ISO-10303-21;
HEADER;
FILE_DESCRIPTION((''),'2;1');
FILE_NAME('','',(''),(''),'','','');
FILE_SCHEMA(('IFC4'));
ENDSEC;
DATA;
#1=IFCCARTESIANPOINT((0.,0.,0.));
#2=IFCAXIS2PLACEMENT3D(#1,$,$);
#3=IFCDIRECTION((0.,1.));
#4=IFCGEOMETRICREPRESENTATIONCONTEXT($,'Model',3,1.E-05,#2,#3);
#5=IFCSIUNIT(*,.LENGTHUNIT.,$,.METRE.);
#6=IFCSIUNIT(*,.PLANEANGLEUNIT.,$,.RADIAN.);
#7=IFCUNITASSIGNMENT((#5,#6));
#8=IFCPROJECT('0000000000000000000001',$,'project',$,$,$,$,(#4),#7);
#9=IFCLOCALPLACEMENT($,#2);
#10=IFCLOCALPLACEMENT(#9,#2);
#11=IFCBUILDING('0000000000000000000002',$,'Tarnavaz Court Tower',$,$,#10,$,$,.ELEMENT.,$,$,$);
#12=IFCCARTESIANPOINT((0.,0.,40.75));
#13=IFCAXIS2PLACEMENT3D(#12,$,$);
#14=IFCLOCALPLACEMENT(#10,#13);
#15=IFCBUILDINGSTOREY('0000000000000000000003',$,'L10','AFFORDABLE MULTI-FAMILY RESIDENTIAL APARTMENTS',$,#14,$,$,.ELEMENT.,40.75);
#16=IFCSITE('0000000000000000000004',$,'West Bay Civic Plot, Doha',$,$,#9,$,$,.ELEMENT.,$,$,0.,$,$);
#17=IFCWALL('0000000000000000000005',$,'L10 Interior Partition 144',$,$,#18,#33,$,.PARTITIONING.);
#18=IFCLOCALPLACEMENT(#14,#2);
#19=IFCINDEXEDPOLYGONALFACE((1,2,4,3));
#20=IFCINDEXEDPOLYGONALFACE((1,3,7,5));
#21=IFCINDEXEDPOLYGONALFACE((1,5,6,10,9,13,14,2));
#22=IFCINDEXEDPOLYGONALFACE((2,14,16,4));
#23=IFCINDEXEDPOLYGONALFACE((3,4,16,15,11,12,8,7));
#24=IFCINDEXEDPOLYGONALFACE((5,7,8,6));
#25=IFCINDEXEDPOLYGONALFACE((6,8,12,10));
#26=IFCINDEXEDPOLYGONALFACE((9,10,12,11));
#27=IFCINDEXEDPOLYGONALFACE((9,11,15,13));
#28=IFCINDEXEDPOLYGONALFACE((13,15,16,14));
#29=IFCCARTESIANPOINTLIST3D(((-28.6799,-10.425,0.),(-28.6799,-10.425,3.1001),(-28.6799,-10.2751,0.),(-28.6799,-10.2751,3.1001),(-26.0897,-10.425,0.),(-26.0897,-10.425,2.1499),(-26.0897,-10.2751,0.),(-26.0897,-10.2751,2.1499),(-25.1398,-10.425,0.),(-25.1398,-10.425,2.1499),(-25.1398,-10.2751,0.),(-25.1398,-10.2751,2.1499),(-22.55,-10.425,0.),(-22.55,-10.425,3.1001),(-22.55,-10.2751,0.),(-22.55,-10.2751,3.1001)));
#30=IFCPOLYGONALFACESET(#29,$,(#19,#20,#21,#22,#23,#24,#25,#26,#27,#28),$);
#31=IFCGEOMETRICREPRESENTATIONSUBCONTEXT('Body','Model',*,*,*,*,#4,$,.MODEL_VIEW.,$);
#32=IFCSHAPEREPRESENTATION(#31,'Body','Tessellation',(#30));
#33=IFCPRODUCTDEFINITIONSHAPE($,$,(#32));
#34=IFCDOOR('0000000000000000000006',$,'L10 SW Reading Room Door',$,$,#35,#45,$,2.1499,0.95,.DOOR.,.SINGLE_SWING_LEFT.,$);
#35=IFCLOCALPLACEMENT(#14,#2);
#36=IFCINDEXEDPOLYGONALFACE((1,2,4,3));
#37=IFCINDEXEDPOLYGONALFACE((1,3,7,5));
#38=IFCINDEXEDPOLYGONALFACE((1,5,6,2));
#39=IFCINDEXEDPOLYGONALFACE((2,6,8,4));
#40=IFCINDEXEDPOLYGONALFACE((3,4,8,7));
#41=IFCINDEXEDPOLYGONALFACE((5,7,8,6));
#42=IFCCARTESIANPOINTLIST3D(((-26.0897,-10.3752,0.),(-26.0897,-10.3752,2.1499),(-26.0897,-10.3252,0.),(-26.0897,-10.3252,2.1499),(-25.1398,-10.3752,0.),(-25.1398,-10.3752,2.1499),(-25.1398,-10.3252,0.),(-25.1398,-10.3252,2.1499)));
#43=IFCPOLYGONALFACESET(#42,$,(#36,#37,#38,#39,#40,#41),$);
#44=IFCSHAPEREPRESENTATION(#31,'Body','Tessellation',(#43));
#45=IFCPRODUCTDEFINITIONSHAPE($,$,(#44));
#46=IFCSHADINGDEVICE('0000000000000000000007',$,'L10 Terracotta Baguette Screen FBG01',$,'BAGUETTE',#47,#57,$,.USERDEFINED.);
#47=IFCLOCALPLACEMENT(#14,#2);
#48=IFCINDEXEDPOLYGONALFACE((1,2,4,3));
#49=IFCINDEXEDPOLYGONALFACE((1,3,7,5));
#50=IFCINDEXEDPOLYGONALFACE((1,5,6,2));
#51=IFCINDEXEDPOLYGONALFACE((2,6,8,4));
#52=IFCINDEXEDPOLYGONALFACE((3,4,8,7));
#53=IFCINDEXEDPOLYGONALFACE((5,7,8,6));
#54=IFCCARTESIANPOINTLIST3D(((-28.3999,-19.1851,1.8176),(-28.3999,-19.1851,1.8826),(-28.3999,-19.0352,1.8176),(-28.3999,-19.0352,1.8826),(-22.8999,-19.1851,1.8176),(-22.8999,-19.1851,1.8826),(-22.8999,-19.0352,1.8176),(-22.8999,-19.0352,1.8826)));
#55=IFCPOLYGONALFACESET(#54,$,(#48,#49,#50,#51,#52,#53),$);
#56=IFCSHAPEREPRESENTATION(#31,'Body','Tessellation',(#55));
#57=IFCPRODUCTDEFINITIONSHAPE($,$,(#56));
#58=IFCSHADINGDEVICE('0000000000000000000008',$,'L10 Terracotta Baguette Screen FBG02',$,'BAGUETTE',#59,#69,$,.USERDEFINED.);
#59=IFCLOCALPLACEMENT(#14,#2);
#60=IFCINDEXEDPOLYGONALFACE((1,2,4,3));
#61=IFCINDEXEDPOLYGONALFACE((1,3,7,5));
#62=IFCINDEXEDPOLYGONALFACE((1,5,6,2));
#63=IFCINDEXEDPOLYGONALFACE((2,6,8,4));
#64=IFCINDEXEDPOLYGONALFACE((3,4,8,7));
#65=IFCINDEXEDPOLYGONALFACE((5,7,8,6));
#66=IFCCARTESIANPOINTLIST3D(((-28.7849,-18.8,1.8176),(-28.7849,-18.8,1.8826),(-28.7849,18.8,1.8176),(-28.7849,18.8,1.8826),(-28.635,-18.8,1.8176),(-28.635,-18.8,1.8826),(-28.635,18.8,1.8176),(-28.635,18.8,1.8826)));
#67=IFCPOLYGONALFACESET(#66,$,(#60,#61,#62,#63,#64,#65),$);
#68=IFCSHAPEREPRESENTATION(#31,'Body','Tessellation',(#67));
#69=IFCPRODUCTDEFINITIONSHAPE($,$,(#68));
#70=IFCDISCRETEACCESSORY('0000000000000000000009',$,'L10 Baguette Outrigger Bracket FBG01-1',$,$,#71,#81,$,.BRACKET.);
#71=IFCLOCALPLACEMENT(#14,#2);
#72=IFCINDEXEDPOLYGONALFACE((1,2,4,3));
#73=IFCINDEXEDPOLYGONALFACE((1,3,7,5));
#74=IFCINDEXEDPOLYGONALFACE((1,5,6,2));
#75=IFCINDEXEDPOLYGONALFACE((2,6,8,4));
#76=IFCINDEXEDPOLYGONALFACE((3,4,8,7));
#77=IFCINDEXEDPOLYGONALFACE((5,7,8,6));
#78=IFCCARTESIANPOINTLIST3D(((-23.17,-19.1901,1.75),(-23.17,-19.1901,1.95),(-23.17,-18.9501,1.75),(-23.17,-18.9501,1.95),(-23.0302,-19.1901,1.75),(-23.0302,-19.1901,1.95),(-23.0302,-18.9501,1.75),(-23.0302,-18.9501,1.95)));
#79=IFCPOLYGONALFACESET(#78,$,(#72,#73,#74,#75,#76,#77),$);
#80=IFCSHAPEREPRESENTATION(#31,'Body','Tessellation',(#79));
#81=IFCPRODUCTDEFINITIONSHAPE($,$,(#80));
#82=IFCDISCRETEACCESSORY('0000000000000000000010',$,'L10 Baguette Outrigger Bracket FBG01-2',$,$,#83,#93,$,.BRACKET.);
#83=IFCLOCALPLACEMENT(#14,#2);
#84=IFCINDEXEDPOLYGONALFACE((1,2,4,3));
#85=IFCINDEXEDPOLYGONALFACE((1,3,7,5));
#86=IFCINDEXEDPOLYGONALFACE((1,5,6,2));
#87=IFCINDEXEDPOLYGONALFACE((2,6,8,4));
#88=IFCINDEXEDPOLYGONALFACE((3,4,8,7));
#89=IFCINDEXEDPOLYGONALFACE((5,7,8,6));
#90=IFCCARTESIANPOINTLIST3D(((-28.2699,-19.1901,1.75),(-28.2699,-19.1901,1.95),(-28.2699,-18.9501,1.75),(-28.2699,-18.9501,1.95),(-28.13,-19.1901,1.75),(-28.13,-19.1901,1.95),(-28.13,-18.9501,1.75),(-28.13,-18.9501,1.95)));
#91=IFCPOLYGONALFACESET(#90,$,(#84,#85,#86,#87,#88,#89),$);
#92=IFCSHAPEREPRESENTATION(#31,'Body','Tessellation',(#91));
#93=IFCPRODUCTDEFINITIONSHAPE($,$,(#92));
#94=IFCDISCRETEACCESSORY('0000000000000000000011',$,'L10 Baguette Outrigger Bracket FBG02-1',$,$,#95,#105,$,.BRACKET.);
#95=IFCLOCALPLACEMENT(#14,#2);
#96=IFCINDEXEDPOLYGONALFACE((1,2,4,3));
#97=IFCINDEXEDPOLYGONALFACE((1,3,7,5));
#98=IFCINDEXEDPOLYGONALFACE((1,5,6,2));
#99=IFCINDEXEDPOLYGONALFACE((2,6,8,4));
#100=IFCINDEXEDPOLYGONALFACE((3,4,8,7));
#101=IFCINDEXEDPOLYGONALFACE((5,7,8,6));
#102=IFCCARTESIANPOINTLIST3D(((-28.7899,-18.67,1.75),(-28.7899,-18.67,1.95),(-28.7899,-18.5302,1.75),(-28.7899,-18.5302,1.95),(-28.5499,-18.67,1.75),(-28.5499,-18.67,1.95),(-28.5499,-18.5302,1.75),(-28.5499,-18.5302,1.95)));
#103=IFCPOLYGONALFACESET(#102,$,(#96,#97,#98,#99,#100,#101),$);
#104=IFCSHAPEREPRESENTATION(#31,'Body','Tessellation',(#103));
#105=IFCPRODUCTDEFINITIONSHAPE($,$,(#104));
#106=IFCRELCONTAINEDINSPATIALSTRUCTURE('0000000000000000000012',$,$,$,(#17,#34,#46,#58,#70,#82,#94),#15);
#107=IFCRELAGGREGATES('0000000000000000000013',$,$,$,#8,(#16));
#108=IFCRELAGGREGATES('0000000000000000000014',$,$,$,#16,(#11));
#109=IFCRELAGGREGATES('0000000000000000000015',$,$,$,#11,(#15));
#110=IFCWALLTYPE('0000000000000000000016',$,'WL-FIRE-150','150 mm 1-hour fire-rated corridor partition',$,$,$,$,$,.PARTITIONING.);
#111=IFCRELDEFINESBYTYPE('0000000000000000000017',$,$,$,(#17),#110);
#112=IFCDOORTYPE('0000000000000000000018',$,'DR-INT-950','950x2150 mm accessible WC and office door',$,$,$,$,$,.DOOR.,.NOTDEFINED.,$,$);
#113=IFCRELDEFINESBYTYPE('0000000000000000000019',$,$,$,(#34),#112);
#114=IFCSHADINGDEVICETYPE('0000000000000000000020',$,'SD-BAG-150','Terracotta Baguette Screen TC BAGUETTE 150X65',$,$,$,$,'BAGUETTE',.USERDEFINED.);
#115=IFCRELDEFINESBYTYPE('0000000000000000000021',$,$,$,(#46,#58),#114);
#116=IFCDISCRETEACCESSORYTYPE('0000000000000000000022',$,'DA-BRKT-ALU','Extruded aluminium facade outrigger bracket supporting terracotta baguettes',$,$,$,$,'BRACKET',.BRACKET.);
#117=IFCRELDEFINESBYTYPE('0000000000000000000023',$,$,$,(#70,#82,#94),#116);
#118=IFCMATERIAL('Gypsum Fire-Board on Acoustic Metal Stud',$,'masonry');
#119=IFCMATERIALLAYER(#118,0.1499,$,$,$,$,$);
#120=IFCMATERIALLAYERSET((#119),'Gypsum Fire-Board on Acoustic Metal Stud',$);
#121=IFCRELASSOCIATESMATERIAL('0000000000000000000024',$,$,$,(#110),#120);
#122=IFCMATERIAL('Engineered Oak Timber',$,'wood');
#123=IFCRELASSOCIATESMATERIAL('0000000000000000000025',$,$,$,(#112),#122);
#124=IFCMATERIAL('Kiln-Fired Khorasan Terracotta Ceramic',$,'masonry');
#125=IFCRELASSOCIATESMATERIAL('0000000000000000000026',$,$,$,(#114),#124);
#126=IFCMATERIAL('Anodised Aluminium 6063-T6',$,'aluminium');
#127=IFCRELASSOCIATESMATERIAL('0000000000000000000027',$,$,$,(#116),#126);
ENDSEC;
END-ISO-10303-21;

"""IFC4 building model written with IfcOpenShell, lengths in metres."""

from ifc_helpers import new_model, si_unit, direction, frame, frame_2d, origin, origin_2d, place, context, subcontext, project, spatial, rectangle, extrude, material, layer, layer_set, material_profile, profile_set, type_object, element, fill, save


model = new_model("IFC4")

# Units and contexts
model_context = context("Model", 3, precision=1e-05, world=origin(), true_north=direction((0.0, 1.0)))
body_context = subcontext(model_context, "Body", "Model", "MODEL_VIEW")
ifc_project = project(units=[si_unit("LENGTHUNIT", "METRE"), si_unit("PLANEANGLEUNIT", "RADIAN")], contexts=[model_context])

# Site, building, storey
site_placement = place(None, origin())
site = spatial("IfcSite", under=ifc_project, at=site_placement, Name="West Bay Civic Plot, Doha", CompositionType="ELEMENT", RefElevation=0.0)
building_placement = place(site_placement, origin())
building = spatial("IfcBuilding", under=site, at=building_placement, Name="Tarnavaz Court Tower", CompositionType="ELEMENT")
storey_placement = place(building_placement, frame((0.0, 0.0, 40.75)))
storey = spatial("IfcBuildingStorey", under=building, at=storey_placement, Name="L10", Description="AFFORDABLE MULTI-FAMILY RESIDENTIAL APARTMENTS", CompositionType="ELEMENT", Elevation=40.75)

# Wall, opening, door
ifc_material_1 = material(Name="Gypsum Fire-Board on Acoustic Metal Stud", Category="masonry")
ifc_layer_1 = layer(ifc_material_1, 0.1499)
ifc_layer_set_1 = layer_set([ifc_layer_1], Name="Gypsum Fire-Board on Acoustic Metal Stud")
wall_type_1 = type_object("IfcWallType", Name="WL-FIRE-150", Description="150 mm 1-hour fire-rated corridor partition", PredefinedType="PARTITIONING", material=ifc_layer_set_1)
wall_1_placement = place(storey_placement, frame((-28.6799, -10.3501, 0.0), z_axis=(0.0, 0.0, 1.0), x_axis=(1.0, 0.0, 0.0)))
wall_1 = element("IfcWall", 1, at=wall_1_placement, inside=storey, type_object=wall_type_1, Name="L10 Interior Partition 144", PredefinedType="PARTITIONING", context=body_context, shape_type="SweptSolid", body=[
    extrude(rectangle(XDim=6.1299, YDim=0.1499, at=frame_2d((3.0649, 0.0))), origin(), (0.0, 0.0, 1.0), 3.1001),
])
opening_1_placement = place(wall_1_placement, frame((2.5901, 0.0, 0.0)))
opening_1 = element("IfcOpeningElement", 2, at=opening_1_placement, cuts=wall_1, PredefinedType="OPENING", context=body_context, shape_type="SweptSolid", body=[
    extrude(rectangle(XDim=0.95, YDim=2.1499, at=frame_2d((0.4751, 1.075))), frame((0.0, 0.085, 0.0), z_axis=(0.0, -1.0, 0.0), x_axis=(1.0, 0.0, 0.0)), (0.0, 0.0, 1.0), 0.1699),
])
ifc_material_2 = material(Name="Engineered Oak Timber", Category="wood")
door_type = type_object("IfcDoorType", Name="DR-INT-950", Description="950x2150 mm accessible WC and office door", OperationType="NOTDEFINED", PredefinedType="DOOR", material=ifc_material_2)
door_placement = place(opening_1_placement, origin())
door = element("IfcDoor", 3, at=door_placement, inside=storey, type_object=door_type, Name="L10 SW Reading Room Door", OperationType="SINGLE_SWING_LEFT", OverallHeight=2.1499, OverallWidth=0.95, PredefinedType="DOOR", context=body_context, shape_type="SweptSolid", body=[
    extrude(rectangle(XDim=0.95, YDim=2.1499, at=frame_2d((0.4751, 1.075))), frame((0.0, 0.0249, 0.0), z_axis=(0.0, -1.0, 0.0), x_axis=(1.0, 0.0, 0.0)), (0.0, 0.0, 1.0), 0.05),
])
fill(opening_1, door)

# Shading devices
ifc_material_3 = material(Name="Kiln-Fired Khorasan Terracotta Ceramic", Category="masonry")
ifc_material_profile_1 = material_profile(ifc_material_3, rectangle(XDim=0.1499, YDim=0.0649, at=origin_2d()), Name="TC BAGUETTE 150X65")
ifc_profile_set_1 = profile_set([ifc_material_profile_1], Name="Kiln-Fired Khorasan Terracotta Ceramic")
shading_device_type = type_object("IfcShadingDeviceType", Name="SD-BAG-150", Description="Terracotta Baguette Screen TC BAGUETTE 150X65", ElementType="BAGUETTE", PredefinedType="USERDEFINED", material=ifc_profile_set_1)
shading_device_1_placement = place(storey_placement, frame((-22.8999, -19.1101, 1.8501), z_axis=(-1.0, 0.0, 0.0), x_axis=(0.0, -1.0, 0.0)))
element("IfcShadingDevice", 4, at=shading_device_1_placement, inside=storey, type_object=shading_device_type, Name="L10 Terracotta Baguette Screen FBG01", ObjectType="BAGUETTE", PredefinedType="USERDEFINED", context=body_context, shape_type="SweptSolid", body=[
    extrude(rectangle(XDim=0.1499, YDim=0.0649, at=origin_2d()), origin(), (0.0, 0.0, 1.0), 5.5),
])
shading_device_2_placement = place(storey_placement, frame((-28.71, -18.8, 1.8501), z_axis=(0.0, 1.0, 0.0), x_axis=(-1.0, 0.0, 0.0)))
element("IfcShadingDevice", 5, at=shading_device_2_placement, inside=storey, type_object=shading_device_type, Name="L10 Terracotta Baguette Screen FBG02", ObjectType="BAGUETTE", PredefinedType="USERDEFINED", context=body_context, shape_type="SweptSolid", body=[
    extrude(rectangle(XDim=0.1499, YDim=0.0649, at=origin_2d()), origin(), (0.0, 0.0, 1.0), 37.6001),
])

# Discrete accessories
ifc_material_4 = material(Name="Anodised Aluminium 6063-T6", Category="aluminium")
discrete_accessory_type = type_object("IfcDiscreteAccessoryType", Name="DA-BRKT-ALU", Description="Extruded aluminium facade outrigger bracket supporting terracotta baguettes", ElementType="BRACKET", PredefinedType="BRACKET", material=ifc_material_4)
for number, where, z_axis, x_axis, name in (
    (6, (-23.1001, -19.0701, 1.75), (0.0, 0.0, 1.0), (-1.0, 0.0, 0.0), "L10 Baguette Outrigger Bracket FBG01-1"),
    (7, (-28.2, -19.0701, 1.75), (0.0, 0.0, 1.0), (-1.0, 0.0, 0.0), "L10 Baguette Outrigger Bracket FBG01-2"),
    (8, (-28.6699, -18.6001, 1.75), (0.0, 0.0, 1.0), (0.0, 1.0, 0.0), "L10 Baguette Outrigger Bracket FBG02-1"),
):
    element("IfcDiscreteAccessory", number, at=place(storey_placement, frame(where, z_axis=z_axis, x_axis=x_axis)), inside=storey, type_object=discrete_accessory_type, Name=name, PredefinedType="BRACKET", context=body_context, shape_type="SweptSolid", body=[
        extrude(rectangle(XDim=0.1399, YDim=0.24, at=origin_2d()), origin(), (0.0, 0.0, 1.0), 0.2),
    ])

save(model, "model.ifc")
